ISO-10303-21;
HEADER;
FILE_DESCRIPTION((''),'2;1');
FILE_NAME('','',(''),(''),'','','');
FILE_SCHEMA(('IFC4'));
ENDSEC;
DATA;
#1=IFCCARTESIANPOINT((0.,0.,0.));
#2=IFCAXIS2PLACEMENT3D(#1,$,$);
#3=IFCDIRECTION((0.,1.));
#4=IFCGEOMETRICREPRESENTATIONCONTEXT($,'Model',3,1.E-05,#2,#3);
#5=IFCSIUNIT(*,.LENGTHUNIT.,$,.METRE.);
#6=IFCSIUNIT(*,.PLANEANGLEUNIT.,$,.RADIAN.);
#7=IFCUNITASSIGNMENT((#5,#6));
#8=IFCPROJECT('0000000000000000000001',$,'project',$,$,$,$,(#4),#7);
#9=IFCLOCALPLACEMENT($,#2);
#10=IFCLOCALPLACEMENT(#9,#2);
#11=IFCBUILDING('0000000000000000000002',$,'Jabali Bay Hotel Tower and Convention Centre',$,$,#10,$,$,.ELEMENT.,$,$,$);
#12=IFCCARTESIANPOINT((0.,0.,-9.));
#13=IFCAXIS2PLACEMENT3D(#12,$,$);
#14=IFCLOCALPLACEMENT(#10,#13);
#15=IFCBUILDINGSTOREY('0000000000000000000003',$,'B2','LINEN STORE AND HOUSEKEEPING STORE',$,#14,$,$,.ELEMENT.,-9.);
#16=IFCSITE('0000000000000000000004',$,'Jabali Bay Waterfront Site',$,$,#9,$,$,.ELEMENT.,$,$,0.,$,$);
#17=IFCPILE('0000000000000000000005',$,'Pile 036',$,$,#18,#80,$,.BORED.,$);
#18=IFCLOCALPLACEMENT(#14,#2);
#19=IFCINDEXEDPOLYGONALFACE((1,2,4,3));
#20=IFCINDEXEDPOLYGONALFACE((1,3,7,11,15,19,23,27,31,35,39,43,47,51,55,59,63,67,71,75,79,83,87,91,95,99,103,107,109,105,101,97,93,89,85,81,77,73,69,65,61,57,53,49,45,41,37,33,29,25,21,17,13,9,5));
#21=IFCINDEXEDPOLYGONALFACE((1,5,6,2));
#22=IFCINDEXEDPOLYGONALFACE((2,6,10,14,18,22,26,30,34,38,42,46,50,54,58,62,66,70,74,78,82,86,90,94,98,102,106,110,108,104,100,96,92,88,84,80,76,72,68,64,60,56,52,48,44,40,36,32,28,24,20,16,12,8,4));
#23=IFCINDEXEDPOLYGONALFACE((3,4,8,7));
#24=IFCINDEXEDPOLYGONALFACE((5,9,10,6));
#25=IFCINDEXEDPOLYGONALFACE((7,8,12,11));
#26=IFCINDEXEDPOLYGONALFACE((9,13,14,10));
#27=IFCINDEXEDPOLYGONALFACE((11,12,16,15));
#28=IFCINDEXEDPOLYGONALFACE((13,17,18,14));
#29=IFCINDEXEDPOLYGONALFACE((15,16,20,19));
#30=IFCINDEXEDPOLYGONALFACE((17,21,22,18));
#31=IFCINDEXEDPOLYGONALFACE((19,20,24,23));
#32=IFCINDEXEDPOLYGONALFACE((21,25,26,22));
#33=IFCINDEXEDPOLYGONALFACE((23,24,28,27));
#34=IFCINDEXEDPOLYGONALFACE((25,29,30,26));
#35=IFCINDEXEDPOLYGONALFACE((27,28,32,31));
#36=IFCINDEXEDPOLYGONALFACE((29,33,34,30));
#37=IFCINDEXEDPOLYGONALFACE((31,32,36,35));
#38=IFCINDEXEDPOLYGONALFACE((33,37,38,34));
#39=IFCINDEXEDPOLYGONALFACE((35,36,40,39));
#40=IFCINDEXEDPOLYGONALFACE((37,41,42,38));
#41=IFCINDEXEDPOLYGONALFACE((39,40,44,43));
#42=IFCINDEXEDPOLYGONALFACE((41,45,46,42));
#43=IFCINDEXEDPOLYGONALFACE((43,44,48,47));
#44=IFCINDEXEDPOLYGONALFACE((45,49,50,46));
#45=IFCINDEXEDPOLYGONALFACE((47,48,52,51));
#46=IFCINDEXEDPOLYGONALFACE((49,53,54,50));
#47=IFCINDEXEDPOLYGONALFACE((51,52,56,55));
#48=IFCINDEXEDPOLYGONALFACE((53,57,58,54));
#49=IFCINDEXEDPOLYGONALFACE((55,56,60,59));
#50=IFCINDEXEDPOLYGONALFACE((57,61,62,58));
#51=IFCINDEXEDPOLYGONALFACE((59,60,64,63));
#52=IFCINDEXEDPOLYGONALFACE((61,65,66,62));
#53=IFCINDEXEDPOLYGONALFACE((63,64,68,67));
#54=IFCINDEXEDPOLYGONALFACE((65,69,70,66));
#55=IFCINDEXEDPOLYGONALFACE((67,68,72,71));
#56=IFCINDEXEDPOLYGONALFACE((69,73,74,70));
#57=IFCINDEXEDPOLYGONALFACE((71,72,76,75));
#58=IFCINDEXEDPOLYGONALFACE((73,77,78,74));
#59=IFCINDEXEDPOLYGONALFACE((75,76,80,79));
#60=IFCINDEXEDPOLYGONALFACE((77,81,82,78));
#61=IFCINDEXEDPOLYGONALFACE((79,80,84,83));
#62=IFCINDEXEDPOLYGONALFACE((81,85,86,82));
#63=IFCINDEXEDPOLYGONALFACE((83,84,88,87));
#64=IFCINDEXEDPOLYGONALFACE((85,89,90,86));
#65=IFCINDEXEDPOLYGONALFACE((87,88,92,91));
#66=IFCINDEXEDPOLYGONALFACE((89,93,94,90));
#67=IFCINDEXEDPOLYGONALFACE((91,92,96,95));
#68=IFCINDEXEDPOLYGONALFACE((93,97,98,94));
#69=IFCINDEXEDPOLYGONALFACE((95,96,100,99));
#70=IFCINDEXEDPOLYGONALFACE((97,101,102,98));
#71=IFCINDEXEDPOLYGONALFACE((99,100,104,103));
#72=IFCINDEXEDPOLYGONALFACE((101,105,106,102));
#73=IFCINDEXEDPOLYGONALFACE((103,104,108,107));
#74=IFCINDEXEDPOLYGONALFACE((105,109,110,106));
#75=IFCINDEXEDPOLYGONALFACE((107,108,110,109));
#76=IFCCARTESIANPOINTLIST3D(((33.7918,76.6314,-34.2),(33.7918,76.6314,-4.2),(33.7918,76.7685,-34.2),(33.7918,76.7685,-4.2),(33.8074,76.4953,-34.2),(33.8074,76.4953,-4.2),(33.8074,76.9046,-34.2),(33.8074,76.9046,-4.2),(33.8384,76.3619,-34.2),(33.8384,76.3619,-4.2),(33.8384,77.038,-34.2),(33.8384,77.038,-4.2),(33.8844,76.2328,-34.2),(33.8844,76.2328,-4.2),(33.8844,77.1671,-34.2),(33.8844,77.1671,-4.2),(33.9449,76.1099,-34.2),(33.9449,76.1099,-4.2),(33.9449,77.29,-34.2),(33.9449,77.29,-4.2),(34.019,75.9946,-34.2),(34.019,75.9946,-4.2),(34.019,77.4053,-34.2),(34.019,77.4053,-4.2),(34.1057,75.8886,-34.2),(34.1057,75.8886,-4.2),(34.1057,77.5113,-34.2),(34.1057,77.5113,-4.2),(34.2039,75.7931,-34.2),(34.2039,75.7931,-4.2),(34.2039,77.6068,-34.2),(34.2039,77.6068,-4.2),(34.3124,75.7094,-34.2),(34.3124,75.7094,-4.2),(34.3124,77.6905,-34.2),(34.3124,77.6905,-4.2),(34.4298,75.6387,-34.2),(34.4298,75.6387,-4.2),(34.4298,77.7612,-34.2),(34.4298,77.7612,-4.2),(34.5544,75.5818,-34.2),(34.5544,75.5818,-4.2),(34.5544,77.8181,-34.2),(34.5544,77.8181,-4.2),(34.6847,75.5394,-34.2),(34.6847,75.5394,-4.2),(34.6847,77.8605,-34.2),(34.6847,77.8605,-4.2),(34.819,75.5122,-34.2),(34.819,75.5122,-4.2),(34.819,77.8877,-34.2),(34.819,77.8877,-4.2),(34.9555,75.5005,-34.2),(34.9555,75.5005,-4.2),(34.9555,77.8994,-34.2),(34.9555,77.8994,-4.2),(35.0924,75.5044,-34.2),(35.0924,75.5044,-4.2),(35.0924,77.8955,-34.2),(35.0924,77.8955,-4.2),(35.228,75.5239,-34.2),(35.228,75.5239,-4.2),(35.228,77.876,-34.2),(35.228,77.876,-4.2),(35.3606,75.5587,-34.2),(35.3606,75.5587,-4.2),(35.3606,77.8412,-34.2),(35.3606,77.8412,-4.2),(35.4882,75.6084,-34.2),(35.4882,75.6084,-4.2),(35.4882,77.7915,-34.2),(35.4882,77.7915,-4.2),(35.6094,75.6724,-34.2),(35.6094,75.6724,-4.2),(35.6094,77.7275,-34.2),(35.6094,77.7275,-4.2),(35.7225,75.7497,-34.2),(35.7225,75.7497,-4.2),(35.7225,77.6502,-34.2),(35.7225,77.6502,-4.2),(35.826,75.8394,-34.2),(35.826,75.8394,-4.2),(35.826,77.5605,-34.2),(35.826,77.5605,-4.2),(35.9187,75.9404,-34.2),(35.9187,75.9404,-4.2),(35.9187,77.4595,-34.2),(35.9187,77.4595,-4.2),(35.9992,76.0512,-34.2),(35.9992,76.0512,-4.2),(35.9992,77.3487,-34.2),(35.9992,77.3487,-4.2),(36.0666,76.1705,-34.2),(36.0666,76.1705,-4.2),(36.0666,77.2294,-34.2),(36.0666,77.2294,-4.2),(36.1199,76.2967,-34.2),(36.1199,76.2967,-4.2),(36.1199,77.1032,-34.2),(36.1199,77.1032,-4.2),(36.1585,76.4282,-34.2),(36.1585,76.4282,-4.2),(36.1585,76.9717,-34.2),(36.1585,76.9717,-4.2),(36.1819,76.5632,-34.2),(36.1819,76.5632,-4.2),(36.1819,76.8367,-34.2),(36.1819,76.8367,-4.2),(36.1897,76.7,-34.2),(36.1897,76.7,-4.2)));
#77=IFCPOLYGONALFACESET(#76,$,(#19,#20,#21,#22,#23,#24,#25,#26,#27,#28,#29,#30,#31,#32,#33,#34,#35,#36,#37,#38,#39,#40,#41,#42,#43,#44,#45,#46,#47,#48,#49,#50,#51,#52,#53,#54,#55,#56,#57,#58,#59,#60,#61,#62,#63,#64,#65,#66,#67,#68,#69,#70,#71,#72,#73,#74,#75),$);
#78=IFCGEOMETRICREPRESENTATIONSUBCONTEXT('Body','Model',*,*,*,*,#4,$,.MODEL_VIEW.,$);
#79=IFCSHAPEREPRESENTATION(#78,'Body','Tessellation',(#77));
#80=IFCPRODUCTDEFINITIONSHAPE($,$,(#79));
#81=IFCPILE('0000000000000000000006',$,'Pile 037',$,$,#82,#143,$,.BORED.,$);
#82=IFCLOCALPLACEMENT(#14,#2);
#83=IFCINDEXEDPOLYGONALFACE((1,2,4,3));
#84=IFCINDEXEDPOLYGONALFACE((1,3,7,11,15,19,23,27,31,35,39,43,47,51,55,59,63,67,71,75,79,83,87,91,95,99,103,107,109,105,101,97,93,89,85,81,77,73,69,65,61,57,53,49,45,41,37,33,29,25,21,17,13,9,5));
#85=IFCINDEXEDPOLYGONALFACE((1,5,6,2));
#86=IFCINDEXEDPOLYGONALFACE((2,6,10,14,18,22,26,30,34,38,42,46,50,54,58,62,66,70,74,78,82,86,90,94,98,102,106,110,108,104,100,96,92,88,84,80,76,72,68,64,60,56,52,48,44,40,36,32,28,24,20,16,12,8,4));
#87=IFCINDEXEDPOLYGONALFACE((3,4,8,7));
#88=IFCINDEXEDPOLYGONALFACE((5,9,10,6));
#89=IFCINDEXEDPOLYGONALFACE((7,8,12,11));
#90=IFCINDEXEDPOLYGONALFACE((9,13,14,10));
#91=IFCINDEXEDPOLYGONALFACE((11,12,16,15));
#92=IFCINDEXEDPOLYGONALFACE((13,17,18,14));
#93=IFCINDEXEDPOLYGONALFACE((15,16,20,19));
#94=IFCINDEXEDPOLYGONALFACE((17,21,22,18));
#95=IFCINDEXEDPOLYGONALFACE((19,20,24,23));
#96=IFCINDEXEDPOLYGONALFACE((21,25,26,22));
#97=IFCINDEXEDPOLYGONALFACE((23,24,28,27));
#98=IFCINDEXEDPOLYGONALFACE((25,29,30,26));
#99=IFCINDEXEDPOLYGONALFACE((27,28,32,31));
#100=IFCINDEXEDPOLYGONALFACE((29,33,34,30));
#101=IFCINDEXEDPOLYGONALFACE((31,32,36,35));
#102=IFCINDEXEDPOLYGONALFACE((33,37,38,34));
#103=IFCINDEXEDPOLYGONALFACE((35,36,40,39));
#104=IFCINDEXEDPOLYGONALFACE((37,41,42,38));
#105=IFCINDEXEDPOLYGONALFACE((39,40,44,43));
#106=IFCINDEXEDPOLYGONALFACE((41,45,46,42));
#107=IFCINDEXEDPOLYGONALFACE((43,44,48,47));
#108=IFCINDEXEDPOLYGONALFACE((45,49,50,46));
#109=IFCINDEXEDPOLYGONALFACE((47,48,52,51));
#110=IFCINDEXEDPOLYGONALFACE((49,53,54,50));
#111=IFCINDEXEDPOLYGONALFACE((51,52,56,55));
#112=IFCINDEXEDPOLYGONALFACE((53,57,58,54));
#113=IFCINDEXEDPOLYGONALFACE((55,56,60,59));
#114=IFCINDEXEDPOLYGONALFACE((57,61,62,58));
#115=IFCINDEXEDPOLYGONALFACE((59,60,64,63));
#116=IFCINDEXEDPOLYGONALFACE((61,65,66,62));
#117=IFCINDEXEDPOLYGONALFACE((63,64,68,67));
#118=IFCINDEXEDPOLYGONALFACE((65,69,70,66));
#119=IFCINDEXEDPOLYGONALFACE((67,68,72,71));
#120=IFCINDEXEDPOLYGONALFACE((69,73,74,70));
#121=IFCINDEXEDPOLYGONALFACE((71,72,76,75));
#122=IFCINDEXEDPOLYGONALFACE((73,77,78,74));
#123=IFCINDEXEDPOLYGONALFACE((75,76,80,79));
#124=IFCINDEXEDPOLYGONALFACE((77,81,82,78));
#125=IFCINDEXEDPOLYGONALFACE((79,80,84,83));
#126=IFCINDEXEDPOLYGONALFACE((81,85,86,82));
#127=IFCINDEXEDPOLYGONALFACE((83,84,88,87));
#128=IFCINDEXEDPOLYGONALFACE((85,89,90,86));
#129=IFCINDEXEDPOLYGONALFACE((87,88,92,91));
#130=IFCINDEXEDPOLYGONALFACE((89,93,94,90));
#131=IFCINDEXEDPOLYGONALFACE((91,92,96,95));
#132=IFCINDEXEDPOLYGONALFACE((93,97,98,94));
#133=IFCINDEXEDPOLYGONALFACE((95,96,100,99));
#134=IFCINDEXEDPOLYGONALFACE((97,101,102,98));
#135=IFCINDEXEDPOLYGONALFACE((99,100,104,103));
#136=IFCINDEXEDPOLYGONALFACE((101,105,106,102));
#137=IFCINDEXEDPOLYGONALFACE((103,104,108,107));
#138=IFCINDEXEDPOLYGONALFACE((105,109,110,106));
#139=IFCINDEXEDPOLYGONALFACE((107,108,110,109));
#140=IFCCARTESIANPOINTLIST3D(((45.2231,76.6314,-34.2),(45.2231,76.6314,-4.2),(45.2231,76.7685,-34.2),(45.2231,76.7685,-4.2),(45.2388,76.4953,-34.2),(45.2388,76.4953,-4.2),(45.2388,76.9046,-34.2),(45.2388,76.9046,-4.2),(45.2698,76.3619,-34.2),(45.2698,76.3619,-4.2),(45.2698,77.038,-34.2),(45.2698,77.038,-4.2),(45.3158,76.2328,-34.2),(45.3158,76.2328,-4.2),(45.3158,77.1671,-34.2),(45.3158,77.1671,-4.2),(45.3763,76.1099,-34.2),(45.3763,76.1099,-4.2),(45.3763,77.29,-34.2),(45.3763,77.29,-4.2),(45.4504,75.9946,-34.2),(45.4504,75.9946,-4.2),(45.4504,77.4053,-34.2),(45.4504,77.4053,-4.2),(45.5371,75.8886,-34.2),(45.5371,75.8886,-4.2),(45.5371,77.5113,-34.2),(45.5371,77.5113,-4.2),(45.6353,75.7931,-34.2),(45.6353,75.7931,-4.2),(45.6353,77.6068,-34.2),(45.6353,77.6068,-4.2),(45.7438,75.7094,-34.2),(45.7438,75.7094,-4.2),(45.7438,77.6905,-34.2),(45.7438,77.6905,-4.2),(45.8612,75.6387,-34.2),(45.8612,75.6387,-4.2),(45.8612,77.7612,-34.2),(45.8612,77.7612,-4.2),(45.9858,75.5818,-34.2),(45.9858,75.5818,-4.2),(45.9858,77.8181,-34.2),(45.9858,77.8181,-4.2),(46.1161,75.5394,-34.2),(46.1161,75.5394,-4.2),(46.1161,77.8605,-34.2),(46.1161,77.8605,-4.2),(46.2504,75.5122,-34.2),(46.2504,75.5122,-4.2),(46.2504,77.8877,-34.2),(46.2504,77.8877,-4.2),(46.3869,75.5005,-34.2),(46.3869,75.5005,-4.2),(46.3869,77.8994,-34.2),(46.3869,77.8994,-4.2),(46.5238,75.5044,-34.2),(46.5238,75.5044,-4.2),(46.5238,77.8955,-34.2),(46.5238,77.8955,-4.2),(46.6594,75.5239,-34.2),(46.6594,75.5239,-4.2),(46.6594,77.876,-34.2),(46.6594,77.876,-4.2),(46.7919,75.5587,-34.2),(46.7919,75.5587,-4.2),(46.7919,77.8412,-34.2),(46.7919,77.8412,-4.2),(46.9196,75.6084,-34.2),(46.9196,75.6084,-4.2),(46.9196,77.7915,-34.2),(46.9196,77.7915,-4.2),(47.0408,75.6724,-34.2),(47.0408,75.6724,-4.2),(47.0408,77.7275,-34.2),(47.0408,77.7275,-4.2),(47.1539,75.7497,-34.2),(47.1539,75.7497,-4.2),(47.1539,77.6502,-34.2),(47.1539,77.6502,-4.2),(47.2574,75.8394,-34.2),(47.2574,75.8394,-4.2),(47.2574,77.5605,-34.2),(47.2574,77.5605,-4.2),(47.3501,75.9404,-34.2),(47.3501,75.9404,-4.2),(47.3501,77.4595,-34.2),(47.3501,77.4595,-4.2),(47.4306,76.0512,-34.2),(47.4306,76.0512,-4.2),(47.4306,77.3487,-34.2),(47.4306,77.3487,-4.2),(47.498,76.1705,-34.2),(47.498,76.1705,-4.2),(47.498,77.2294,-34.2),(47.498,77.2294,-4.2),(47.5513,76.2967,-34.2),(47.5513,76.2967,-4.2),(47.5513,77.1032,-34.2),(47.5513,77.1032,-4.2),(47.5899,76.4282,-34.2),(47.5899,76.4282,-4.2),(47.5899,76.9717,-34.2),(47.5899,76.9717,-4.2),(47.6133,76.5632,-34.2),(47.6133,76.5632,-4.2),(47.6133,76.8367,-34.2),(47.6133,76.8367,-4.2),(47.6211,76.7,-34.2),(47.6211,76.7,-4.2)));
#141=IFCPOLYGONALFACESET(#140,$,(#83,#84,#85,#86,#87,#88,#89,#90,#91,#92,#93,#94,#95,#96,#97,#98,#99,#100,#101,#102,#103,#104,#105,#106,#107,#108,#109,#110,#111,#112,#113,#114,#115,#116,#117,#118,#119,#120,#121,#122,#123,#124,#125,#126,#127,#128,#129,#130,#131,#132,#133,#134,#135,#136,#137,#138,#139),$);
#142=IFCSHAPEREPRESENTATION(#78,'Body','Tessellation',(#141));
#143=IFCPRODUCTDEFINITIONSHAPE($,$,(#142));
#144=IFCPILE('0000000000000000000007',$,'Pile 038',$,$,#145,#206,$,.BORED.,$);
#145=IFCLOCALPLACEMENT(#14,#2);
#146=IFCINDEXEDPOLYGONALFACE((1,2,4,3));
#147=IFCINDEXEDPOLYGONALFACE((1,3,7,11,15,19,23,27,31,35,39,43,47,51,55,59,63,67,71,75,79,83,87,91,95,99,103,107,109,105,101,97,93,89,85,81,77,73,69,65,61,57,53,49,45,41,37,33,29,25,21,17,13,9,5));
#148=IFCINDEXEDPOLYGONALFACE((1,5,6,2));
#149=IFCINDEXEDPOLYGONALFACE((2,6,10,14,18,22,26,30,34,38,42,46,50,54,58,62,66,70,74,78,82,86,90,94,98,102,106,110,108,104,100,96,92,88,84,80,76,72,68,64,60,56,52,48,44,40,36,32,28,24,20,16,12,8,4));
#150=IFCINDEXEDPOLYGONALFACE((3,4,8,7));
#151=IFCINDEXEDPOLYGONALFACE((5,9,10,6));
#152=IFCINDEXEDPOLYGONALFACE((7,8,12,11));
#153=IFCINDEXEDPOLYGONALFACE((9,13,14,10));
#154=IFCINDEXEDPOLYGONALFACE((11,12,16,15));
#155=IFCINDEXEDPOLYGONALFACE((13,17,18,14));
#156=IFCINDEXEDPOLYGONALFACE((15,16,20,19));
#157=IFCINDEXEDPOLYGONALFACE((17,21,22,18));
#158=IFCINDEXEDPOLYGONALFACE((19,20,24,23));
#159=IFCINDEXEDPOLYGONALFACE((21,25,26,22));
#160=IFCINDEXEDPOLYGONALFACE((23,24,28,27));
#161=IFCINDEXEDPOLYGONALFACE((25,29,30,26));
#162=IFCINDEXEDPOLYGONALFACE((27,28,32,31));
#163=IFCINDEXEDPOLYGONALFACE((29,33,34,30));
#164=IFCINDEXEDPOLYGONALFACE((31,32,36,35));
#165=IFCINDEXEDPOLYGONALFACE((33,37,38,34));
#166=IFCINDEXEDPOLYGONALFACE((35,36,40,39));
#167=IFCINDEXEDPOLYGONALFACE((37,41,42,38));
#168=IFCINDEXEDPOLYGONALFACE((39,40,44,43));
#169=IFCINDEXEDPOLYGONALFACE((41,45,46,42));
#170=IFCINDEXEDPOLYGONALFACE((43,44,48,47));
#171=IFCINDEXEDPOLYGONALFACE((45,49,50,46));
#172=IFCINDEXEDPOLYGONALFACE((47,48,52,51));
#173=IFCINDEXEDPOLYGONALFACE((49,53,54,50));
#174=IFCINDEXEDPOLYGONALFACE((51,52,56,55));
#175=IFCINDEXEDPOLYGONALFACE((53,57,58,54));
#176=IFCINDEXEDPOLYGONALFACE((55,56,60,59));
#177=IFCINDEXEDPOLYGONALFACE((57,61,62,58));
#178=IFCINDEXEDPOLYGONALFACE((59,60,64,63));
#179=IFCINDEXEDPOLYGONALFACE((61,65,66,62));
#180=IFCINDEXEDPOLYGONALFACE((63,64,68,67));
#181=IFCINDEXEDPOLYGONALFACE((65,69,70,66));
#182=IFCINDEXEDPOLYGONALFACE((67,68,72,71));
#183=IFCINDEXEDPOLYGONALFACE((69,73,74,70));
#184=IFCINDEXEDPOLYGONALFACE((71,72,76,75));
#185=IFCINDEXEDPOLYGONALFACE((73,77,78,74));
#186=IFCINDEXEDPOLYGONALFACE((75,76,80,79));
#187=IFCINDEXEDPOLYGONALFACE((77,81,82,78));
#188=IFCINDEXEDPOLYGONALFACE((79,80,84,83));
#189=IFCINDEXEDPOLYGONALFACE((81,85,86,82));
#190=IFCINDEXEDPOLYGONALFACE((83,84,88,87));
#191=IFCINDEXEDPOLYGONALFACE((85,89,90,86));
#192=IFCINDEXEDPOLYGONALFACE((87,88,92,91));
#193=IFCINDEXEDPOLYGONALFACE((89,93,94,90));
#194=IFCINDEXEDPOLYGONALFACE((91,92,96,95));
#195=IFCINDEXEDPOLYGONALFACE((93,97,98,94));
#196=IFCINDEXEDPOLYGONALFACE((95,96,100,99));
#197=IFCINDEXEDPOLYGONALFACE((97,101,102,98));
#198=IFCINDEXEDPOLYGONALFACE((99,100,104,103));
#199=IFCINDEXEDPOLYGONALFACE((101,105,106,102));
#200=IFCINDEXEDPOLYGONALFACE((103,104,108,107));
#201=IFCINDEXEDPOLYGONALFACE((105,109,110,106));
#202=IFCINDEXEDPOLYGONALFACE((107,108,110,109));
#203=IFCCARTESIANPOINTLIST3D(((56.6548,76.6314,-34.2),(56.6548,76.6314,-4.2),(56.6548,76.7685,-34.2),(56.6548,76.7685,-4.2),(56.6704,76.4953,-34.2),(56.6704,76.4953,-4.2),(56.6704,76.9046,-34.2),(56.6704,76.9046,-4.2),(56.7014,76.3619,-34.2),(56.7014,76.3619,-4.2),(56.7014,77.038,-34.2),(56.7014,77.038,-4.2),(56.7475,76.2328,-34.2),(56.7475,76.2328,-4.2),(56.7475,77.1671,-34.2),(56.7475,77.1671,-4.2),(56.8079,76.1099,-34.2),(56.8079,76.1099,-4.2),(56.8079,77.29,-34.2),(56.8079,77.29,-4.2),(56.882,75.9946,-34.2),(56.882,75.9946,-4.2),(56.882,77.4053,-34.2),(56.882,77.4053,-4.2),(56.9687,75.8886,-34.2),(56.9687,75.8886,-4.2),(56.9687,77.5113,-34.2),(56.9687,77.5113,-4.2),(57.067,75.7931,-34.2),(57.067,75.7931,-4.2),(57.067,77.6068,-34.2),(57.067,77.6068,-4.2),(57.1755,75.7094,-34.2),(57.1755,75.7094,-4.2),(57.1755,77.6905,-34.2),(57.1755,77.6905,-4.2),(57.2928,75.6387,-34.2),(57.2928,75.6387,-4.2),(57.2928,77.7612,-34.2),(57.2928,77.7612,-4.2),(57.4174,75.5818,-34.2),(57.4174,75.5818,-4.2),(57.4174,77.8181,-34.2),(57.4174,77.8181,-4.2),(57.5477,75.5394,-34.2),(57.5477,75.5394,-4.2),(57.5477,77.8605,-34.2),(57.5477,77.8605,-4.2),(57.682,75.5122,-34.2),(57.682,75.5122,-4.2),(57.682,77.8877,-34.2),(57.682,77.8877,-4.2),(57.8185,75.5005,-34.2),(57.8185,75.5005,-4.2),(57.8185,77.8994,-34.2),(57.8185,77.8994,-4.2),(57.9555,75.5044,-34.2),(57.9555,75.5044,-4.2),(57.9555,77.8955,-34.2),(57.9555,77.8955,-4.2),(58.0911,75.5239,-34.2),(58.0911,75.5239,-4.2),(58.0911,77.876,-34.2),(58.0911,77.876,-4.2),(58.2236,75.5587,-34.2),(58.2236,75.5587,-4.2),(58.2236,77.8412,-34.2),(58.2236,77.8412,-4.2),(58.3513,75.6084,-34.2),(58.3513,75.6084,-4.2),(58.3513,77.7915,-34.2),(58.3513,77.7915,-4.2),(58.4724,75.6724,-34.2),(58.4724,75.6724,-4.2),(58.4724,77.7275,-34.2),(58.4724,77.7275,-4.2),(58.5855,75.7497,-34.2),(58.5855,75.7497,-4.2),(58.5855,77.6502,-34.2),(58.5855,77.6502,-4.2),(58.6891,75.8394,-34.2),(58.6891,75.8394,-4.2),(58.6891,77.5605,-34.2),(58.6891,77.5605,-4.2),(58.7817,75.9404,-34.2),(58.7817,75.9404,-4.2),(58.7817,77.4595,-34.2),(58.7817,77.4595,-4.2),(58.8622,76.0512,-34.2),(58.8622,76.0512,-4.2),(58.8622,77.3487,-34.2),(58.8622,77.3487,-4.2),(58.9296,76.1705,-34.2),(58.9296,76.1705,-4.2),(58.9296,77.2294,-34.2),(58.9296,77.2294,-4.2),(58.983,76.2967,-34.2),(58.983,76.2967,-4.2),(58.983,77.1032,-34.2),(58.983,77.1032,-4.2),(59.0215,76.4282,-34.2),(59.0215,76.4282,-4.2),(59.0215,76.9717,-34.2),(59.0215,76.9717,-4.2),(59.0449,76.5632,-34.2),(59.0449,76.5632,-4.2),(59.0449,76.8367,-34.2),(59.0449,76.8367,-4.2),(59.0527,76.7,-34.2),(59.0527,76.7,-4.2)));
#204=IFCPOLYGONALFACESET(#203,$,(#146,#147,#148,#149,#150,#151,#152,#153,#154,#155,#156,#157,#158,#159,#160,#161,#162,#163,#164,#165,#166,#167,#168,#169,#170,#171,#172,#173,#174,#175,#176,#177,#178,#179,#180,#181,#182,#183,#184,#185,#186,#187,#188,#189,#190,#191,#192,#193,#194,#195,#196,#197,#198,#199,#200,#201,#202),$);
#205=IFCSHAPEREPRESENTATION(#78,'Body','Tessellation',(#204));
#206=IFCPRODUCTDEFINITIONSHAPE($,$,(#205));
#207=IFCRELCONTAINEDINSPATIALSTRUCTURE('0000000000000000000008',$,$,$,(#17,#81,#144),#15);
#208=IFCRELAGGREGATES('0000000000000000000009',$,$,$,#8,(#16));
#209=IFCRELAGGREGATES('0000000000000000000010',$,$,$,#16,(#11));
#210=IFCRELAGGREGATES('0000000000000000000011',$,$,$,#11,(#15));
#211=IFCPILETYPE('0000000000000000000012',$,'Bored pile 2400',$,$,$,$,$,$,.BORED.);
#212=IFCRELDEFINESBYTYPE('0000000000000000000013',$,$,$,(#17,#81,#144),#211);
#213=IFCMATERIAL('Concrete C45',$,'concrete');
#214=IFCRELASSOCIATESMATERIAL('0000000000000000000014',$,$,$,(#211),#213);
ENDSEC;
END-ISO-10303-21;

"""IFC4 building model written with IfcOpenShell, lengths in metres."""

from ifc_helpers import new_model, si_unit, direction, frame, origin, origin_2d, place, context, subcontext, project, spatial, circle, extrude, material, material_profile, profile_set, type_object, element, save


model = new_model("IFC4")

# Units and contexts
model_context = context("Model", 3, precision=1e-05, world=origin(), true_north=direction((0.0, 1.0)))
body_context = subcontext(model_context, "Body", "Model", "MODEL_VIEW")
ifc_project = project(units=[si_unit("LENGTHUNIT", "METRE"), si_unit("PLANEANGLEUNIT", "RADIAN")], contexts=[model_context])

# Site, building, storey
site_placement = place(None, origin())
site = spatial("IfcSite", under=ifc_project, at=site_placement, Name="Jabali Bay Waterfront Site", CompositionType="ELEMENT", RefElevation=0.0)
building_placement = place(site_placement, origin())
building = spatial("IfcBuilding", under=site, at=building_placement, Name="Jabali Bay Hotel Tower and Convention Centre", CompositionType="ELEMENT")
storey_placement = place(building_placement, frame((0.0, 0.0, -9.0)))
storey = spatial("IfcBuildingStorey", under=building, at=storey_placement, Name="B2", Description="LINEN STORE AND HOUSEKEEPING STORE", CompositionType="ELEMENT", Elevation=-9.0)

# Piles
ifc_material_1 = material(Name="Concrete C45", Category="concrete")
ifc_material_profile_1 = material_profile(ifc_material_1, circle(Radius=1.2, at=origin_2d()), Name="Bored pile 2400")
ifc_profile_set_1 = profile_set([ifc_material_profile_1], Name="Concrete C45")
pile_type = type_object("IfcPileType", Name="Bored pile 2400", PredefinedType="BORED", material=ifc_profile_set_1)
for number, where, z_axis, x_axis, name in (
    (1, (34.9897, 76.7, -4.2), (0.0, 0.0, -1.0), (1.0, 0.0, 0.0), "Pile 036"),
    (2, (46.4211, 76.7, -4.2), (0.0, 0.0, -1.0), (1.0, 0.0, 0.0), "Pile 037"),
    (3, (57.8528, 76.7, -4.2), (0.0, 0.0, -1.0), (1.0, 0.0, 0.0), "Pile 038"),
):
    element("IfcPile", number, at=place(storey_placement, frame(where, z_axis=z_axis, x_axis=x_axis)), inside=storey, type_object=pile_type, Name=name, PredefinedType="BORED", context=body_context, shape_type="SweptSolid", body=[
        extrude(circle(Radius=1.2, at=origin_2d()), origin(), (0.0, 0.0, 1.0), 30.0),
    ])

save(model, "model.ifc")
